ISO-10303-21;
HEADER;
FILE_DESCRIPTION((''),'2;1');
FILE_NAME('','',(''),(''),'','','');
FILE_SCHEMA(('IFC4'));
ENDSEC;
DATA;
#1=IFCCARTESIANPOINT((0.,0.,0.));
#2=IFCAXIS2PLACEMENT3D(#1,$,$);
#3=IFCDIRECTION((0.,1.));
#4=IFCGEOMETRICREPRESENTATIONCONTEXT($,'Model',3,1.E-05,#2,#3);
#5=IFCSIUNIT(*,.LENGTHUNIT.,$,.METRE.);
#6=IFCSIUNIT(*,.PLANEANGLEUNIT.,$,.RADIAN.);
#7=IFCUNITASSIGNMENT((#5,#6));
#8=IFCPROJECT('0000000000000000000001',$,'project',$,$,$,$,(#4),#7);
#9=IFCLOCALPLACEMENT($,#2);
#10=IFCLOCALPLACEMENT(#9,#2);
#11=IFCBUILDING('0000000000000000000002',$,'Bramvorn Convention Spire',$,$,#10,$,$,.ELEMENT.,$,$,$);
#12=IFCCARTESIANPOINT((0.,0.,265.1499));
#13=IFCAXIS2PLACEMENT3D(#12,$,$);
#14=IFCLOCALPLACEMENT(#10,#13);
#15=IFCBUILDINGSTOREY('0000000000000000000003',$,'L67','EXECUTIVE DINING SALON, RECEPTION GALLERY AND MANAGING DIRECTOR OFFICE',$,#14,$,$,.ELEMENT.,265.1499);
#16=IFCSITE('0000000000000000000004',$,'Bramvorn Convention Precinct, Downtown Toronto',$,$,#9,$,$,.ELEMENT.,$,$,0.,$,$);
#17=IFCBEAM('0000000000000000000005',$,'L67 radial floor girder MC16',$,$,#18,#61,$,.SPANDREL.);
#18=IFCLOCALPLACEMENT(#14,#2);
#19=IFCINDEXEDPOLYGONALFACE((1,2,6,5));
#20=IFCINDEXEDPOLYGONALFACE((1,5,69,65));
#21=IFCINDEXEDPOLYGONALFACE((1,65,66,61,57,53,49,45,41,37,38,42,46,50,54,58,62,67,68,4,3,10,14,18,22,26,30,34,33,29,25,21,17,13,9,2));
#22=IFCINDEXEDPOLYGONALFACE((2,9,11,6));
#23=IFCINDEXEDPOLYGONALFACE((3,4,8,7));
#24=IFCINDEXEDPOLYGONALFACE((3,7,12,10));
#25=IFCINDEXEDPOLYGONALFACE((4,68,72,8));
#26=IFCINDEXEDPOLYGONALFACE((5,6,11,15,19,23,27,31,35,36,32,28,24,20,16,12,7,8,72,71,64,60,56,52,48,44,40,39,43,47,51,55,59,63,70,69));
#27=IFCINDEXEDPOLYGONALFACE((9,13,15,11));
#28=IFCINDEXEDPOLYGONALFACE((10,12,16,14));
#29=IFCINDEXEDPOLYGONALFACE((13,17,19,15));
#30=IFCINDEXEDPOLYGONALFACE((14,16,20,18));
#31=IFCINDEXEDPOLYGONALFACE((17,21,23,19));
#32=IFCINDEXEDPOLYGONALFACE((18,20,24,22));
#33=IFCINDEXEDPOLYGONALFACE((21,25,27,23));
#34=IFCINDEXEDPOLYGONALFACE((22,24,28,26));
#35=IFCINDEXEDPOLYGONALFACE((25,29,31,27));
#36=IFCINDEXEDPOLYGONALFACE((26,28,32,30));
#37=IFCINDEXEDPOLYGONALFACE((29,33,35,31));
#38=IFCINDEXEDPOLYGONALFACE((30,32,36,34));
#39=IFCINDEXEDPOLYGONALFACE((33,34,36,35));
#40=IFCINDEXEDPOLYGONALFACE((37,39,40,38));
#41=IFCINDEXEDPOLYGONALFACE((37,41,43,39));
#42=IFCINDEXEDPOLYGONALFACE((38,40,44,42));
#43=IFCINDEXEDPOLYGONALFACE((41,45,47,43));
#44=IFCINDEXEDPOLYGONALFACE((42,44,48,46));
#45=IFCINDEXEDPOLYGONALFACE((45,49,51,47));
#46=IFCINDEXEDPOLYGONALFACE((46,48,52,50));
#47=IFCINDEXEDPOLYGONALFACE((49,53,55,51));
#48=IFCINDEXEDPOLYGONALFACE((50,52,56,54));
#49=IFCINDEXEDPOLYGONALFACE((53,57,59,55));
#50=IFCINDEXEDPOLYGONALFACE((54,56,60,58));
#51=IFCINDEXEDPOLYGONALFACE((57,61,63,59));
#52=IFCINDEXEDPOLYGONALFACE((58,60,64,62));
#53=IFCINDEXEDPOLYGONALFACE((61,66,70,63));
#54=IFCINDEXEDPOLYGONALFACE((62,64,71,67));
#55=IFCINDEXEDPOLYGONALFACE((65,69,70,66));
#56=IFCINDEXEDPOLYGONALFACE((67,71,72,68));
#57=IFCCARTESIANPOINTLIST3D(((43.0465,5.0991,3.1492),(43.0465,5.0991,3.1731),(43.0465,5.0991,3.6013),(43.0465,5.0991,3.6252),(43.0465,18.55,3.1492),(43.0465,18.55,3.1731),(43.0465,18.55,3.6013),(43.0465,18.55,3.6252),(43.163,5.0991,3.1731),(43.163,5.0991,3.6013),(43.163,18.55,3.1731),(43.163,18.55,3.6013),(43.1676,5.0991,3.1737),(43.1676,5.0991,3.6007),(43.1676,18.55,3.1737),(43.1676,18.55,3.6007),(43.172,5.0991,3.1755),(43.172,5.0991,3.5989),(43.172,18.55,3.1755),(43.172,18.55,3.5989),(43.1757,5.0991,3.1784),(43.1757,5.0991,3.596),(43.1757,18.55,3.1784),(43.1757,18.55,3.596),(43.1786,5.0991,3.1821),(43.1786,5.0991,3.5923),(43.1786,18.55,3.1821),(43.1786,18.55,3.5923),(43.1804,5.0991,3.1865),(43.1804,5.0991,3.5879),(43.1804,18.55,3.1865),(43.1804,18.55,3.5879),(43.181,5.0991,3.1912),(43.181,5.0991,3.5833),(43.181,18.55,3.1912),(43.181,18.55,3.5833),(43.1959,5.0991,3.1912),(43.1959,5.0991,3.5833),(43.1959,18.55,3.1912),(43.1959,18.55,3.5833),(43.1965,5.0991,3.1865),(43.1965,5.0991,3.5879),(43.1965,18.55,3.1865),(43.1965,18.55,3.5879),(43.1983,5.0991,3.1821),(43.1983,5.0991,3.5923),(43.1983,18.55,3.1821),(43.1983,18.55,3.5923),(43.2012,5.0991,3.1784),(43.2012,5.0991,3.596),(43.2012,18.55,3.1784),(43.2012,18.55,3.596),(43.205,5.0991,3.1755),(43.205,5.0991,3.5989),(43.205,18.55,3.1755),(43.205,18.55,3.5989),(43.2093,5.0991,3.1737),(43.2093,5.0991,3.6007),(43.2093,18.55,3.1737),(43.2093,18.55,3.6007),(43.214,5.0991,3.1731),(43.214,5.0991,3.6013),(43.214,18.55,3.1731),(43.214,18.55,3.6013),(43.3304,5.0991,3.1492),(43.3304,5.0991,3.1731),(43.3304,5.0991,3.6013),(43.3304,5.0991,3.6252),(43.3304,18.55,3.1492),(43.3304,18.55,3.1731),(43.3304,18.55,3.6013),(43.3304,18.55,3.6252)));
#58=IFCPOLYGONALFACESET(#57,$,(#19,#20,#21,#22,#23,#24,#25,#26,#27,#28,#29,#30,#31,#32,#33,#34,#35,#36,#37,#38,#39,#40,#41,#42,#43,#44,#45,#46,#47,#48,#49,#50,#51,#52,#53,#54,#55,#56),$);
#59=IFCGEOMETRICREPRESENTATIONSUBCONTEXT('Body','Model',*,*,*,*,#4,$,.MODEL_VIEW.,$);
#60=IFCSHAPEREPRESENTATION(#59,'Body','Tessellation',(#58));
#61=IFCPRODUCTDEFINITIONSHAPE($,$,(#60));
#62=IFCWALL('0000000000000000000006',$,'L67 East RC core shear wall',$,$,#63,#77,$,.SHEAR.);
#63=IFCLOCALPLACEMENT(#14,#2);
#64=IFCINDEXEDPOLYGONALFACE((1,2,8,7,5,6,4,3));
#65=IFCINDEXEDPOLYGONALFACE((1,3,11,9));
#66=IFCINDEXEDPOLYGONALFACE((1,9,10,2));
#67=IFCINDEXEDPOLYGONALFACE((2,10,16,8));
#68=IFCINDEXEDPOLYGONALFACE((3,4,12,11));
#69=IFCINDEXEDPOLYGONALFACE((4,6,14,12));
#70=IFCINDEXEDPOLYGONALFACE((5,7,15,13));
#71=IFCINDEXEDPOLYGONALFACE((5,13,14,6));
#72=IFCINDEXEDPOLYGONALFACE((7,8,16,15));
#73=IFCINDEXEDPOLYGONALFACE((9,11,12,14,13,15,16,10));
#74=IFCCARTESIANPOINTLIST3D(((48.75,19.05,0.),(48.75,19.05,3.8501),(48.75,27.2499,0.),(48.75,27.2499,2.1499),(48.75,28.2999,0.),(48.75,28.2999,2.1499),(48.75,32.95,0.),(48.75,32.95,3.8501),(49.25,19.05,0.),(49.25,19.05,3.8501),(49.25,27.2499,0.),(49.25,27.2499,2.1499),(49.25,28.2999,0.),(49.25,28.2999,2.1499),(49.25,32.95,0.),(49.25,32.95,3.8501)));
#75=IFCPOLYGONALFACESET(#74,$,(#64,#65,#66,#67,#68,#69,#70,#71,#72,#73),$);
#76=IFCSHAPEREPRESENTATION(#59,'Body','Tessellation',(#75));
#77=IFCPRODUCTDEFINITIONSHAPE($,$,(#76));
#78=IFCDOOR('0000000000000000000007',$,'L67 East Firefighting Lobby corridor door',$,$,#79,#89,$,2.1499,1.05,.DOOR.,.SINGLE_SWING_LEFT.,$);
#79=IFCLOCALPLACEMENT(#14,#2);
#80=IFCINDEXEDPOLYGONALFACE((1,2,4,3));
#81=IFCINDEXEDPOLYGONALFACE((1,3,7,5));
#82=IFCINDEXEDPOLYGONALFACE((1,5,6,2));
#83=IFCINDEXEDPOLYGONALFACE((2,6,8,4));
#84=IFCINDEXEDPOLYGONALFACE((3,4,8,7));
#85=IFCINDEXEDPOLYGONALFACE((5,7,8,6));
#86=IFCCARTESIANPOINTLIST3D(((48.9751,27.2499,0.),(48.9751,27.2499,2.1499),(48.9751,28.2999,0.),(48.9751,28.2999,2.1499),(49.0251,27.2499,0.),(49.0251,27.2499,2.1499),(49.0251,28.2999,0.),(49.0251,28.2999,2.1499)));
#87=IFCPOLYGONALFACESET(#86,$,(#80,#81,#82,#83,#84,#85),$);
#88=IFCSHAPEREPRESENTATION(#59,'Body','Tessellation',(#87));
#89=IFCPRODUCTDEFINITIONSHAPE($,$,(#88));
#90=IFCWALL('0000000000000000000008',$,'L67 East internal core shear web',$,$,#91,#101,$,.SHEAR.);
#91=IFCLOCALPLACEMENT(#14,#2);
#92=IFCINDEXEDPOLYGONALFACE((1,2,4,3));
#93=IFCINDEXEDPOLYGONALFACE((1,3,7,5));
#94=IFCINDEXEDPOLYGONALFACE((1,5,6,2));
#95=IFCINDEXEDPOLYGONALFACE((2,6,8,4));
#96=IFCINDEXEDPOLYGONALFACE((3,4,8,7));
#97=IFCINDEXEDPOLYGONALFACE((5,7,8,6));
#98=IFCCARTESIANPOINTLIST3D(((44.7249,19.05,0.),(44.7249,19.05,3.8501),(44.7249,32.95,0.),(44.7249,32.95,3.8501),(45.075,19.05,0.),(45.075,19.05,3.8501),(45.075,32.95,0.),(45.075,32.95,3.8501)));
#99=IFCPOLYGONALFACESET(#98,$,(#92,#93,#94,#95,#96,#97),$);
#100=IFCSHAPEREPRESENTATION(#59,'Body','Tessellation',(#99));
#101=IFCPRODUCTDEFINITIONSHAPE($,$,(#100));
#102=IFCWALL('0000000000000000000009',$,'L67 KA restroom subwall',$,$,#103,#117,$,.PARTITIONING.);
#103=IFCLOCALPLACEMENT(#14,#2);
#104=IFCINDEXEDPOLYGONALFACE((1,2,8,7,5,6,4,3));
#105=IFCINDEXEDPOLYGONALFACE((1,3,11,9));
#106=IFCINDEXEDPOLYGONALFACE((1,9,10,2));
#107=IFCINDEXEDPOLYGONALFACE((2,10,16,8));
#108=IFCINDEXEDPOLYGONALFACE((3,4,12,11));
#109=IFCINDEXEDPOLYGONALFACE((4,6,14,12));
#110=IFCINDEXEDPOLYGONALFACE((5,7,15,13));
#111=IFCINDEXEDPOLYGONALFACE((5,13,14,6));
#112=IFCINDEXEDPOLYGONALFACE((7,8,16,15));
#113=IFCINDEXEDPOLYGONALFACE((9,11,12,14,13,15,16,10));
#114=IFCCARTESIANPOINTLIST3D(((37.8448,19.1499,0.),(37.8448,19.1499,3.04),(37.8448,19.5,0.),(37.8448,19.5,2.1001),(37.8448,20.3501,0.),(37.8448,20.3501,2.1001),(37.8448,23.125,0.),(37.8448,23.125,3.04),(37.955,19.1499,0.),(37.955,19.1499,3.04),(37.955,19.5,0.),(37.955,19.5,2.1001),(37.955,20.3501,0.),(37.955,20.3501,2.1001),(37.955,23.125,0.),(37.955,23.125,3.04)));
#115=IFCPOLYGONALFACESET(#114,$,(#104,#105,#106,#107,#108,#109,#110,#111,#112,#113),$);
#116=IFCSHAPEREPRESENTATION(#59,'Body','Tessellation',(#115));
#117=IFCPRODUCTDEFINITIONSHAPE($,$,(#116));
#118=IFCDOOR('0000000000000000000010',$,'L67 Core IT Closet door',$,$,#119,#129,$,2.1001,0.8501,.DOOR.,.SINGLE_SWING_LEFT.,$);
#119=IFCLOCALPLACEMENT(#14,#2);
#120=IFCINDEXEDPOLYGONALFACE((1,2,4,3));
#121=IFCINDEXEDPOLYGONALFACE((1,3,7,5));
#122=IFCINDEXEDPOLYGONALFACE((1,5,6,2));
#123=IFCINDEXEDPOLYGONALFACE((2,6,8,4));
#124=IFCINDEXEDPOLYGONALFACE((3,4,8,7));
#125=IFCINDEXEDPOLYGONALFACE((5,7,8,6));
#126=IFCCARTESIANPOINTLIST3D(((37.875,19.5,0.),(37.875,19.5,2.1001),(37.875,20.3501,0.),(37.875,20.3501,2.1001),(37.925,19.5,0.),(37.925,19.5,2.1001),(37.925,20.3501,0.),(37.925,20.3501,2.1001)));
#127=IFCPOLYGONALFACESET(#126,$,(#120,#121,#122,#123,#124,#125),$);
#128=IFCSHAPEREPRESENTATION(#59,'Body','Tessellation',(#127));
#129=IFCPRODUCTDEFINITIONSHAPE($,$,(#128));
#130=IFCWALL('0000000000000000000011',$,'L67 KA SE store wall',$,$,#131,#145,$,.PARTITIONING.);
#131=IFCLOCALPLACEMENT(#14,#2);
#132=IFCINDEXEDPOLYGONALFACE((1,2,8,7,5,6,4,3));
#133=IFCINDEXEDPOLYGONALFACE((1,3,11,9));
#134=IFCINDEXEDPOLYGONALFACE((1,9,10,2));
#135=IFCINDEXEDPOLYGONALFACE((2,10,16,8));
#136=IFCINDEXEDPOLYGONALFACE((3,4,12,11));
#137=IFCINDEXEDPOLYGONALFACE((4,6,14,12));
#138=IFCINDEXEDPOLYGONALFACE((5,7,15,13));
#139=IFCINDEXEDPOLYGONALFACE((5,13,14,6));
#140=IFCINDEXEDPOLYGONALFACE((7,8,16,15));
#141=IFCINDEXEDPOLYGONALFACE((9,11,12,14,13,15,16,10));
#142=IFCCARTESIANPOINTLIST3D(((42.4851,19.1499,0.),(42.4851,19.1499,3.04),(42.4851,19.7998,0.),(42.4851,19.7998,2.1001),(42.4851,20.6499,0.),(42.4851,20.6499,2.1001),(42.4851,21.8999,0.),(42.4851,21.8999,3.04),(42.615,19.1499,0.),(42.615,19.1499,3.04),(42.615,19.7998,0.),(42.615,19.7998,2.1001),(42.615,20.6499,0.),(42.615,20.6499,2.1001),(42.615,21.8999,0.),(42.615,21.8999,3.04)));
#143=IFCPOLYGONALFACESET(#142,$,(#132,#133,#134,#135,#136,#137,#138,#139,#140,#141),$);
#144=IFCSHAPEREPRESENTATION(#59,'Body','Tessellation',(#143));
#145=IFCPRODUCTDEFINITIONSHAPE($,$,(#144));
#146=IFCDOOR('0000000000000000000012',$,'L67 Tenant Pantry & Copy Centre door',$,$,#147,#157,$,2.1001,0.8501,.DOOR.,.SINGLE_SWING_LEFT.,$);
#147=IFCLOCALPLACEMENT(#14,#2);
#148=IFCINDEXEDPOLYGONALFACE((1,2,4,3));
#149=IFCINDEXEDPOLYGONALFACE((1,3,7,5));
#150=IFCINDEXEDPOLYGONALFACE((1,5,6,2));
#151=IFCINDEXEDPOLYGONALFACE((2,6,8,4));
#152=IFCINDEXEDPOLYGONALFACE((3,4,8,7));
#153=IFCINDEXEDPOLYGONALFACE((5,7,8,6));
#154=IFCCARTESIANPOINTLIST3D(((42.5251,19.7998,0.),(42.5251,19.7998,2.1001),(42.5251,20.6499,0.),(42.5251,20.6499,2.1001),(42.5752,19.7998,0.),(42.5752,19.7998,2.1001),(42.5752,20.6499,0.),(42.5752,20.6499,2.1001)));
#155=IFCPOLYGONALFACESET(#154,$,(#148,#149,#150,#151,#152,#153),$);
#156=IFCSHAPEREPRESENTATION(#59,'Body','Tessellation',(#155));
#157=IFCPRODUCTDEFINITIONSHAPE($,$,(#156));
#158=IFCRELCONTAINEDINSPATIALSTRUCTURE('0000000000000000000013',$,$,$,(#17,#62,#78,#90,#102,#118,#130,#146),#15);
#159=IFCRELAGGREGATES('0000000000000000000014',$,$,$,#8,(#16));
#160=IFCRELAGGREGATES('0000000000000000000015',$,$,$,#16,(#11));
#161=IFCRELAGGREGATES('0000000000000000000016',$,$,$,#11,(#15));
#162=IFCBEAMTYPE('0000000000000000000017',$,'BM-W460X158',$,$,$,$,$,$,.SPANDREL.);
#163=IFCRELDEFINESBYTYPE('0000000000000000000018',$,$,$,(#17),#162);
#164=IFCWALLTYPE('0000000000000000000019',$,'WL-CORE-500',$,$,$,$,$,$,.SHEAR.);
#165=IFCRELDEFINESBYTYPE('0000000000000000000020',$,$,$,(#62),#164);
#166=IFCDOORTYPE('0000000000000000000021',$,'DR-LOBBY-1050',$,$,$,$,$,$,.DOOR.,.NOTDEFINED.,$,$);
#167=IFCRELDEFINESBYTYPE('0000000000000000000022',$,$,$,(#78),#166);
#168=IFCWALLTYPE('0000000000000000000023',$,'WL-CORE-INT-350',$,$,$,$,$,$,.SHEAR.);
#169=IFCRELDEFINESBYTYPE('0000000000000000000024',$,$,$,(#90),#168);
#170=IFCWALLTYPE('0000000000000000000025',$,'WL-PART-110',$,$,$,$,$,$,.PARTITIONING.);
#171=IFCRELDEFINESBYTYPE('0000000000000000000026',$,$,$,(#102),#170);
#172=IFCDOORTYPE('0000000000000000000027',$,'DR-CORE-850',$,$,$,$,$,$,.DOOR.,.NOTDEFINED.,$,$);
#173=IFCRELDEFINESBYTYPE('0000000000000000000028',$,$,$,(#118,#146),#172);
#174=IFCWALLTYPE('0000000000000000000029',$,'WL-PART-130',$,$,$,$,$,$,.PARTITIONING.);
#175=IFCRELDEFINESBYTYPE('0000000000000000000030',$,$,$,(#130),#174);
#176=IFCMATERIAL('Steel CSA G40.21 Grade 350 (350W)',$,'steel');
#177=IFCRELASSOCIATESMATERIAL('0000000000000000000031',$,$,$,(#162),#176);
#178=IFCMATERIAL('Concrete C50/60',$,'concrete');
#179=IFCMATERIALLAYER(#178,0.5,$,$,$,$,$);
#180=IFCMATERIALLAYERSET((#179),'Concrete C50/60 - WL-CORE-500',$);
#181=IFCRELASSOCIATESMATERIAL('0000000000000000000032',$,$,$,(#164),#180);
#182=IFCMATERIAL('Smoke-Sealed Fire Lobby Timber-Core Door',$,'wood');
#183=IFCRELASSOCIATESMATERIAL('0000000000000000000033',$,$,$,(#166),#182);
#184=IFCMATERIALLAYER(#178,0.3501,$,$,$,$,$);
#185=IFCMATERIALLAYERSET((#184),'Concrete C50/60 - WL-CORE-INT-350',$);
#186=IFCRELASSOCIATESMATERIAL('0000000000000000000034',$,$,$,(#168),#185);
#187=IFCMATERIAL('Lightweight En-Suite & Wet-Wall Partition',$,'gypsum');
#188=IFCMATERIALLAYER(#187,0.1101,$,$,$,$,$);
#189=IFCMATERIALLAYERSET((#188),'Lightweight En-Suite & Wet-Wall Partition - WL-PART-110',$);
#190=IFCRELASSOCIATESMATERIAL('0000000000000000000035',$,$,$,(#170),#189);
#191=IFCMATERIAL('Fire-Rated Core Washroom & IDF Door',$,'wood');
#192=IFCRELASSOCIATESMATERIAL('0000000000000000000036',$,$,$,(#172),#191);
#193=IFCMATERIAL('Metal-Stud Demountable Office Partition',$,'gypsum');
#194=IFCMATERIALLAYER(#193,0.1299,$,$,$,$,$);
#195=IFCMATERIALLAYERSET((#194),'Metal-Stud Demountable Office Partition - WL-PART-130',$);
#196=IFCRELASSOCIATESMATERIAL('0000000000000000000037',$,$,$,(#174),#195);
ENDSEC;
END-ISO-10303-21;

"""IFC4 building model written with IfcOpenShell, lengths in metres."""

from ifc_helpers import new_model, si_unit, direction, frame, frame_2d, origin, origin_2d, place, context, subcontext, project, spatial, rectangle, i_section, extrude, material, layer, layer_set, material_profile, profile_set, type_object, element, fill, save


model = new_model("IFC4")

# Units and contexts
model_context = context("Model", 3, precision=1e-05, world=origin(), true_north=direction((0.0, 1.0)))
body_context = subcontext(model_context, "Body", "Model", "MODEL_VIEW")
ifc_project = project(units=[si_unit("LENGTHUNIT", "METRE"), si_unit("PLANEANGLEUNIT", "RADIAN")], contexts=[model_context])

# Site, building, storey
site_placement = place(None, origin())
site = spatial("IfcSite", under=ifc_project, at=site_placement, Name="Bramvorn Convention Precinct, Downtown Toronto", CompositionType="ELEMENT", RefElevation=0.0)
building_placement = place(site_placement, origin())
building = spatial("IfcBuilding", under=site, at=building_placement, Name="Bramvorn Convention Spire", CompositionType="ELEMENT")
storey_placement = place(building_placement, frame((0.0, 0.0, 265.1499)))
storey = spatial("IfcBuildingStorey", under=building, at=storey_placement, Name="L67", Description="EXECUTIVE DINING SALON, RECEPTION GALLERY AND MANAGING DIRECTOR OFFICE", CompositionType="ELEMENT", Elevation=265.1499)

# Beam
ifc_material_1 = material(Name="Steel CSA G40.21 Grade 350 (350W)", Category="steel")
ifc_material_profile_1 = material_profile(ifc_material_1, i_section(OverallWidth=0.2839, OverallDepth=0.4761, WebThickness=0.0149, FlangeThickness=0.0239, FilletRadius=0.0181, at=origin_2d()))
ifc_profile_set_1 = profile_set([ifc_material_profile_1], Name="Steel CSA G40.21 Grade 350 (350W) - W460X158")
beam_type_1 = type_object("IfcBeamType", Name="BM-W460X158", PredefinedType="SPANDREL", material=ifc_profile_set_1)
beam_1_placement = place(storey_placement, frame((43.1885, 18.55, 3.3872), z_axis=(0.0, -1.0, 0.0), x_axis=(1.0, 0.0, 0.0)))
element("IfcBeam", 1, at=beam_1_placement, inside=storey, type_object=beam_type_1, Name="L67 radial floor girder MC16", PredefinedType="SPANDREL", context=body_context, shape_type="SweptSolid", body=[
    extrude(i_section(OverallWidth=0.2839, OverallDepth=0.4761, WebThickness=0.0149, FlangeThickness=0.0239, FilletRadius=0.0181, at=origin_2d()), origin(), (0.0, 0.0, 1.0), 13.4509),
])

# Wall, opening, door
ifc_material_2 = material(Name="Concrete C50/60", Category="concrete")
ifc_layer_1 = layer(ifc_material_2, 0.5)
ifc_layer_set_1 = layer_set([ifc_layer_1], Name="Concrete C50/60 - WL-CORE-500")
wall_type_1 = type_object("IfcWallType", Name="WL-CORE-500", PredefinedType="SHEAR", material=ifc_layer_set_1)
wall_1_placement = place(storey_placement, frame((49.0, 19.05, 0.0), z_axis=(0.0, 0.0, 1.0), x_axis=(0.0, 1.0, 0.0)))
wall_1 = element("IfcWall", 2, at=wall_1_placement, inside=storey, type_object=wall_type_1, Name="L67 East RC core shear wall", PredefinedType="SHEAR", context=body_context, shape_type="SweptSolid", body=[
    extrude(rectangle(XDim=13.8999, YDim=0.5, at=frame_2d((6.95, 0.0))), origin(), (0.0, 0.0, 1.0), 3.8501),
])
opening_1_placement = place(wall_1_placement, frame((8.2, 0.0, 0.0)))
opening_1 = element("IfcOpeningElement", 3, at=opening_1_placement, cuts=wall_1, PredefinedType="OPENING", context=body_context, shape_type="SweptSolid", body=[
    extrude(rectangle(XDim=1.05, YDim=2.1499, at=frame_2d((0.5249, 1.075))), frame((0.0, 0.26, 0.0), z_axis=(0.0, -1.0, 0.0), x_axis=(1.0, 0.0, 0.0)), (0.0, 0.0, 1.0), 0.52),
])
ifc_material_3 = material(Name="Smoke-Sealed Fire Lobby Timber-Core Door", Category="wood")
door_type_1 = type_object("IfcDoorType", Name="DR-LOBBY-1050", OperationType="NOTDEFINED", PredefinedType="DOOR", material=ifc_material_3)
door_1_placement = place(opening_1_placement, origin())
door_1 = element("IfcDoor", 4, at=door_1_placement, inside=storey, type_object=door_type_1, Name="L67 East Firefighting Lobby corridor door", OperationType="SINGLE_SWING_LEFT", OverallHeight=2.1499, OverallWidth=1.05, PredefinedType="DOOR", context=body_context, shape_type="SweptSolid", body=[
    extrude(rectangle(XDim=1.05, YDim=2.1499, at=frame_2d((0.5249, 1.075))), frame((0.0, 0.0249, 0.0), z_axis=(0.0, -1.0, 0.0), x_axis=(1.0, 0.0, 0.0)), (0.0, 0.0, 1.0), 0.05),
])
fill(opening_1, door_1)

# Wall
ifc_layer_2 = layer(ifc_material_2, 0.3501)
ifc_layer_set_2 = layer_set([ifc_layer_2], Name="Concrete C50/60 - WL-CORE-INT-350")
wall_type_2 = type_object("IfcWallType", Name="WL-CORE-INT-350", PredefinedType="SHEAR", material=ifc_layer_set_2)
wall_2_placement = place(storey_placement, frame((44.8999, 19.05, 0.0), z_axis=(0.0, 0.0, 1.0), x_axis=(0.0, 1.0, 0.0)))
element("IfcWall", 5, at=wall_2_placement, inside=storey, type_object=wall_type_2, Name="L67 East internal core shear web", PredefinedType="SHEAR", context=body_context, shape_type="SweptSolid", body=[
    extrude(rectangle(XDim=13.8999, YDim=0.3501, at=frame_2d((6.95, 0.0))), origin(), (0.0, 0.0, 1.0), 3.8501),
])

# Walls, openings, doors
ifc_material_4 = material(Name="Lightweight En-Suite & Wet-Wall Partition", Category="gypsum")
ifc_layer_3 = layer(ifc_material_4, 0.1101)
ifc_layer_set_3 = layer_set([ifc_layer_3], Name="Lightweight En-Suite & Wet-Wall Partition - WL-PART-110")
wall_type_3 = type_object("IfcWallType", Name="WL-PART-110", PredefinedType="PARTITIONING", material=ifc_layer_set_3)
wall_3_placement = place(storey_placement, frame((37.8999, 19.1499, 0.0), z_axis=(0.0, 0.0, 1.0), x_axis=(0.0, 1.0, 0.0)))
wall_3 = element("IfcWall", 6, at=wall_3_placement, inside=storey, type_object=wall_type_3, Name="L67 KA restroom subwall", PredefinedType="PARTITIONING", context=body_context, shape_type="SweptSolid", body=[
    extrude(rectangle(XDim=3.9751, YDim=0.1101, at=frame_2d((1.9875, 0.0))), origin(), (0.0, 0.0, 1.0), 3.04),
])
opening_2_placement = place(wall_3_placement, frame((0.3501, 0.0, 0.0)))
opening_2 = element("IfcOpeningElement", 7, at=opening_2_placement, cuts=wall_3, PredefinedType="OPENING", context=body_context, shape_type="SweptSolid", body=[
    extrude(rectangle(XDim=0.8501, YDim=2.1001, at=frame_2d((0.425, 1.05))), frame((0.0, 0.0649, 0.0), z_axis=(0.0, -1.0, 0.0), x_axis=(1.0, 0.0, 0.0)), (0.0, 0.0, 1.0), 0.1301),
])
ifc_material_5 = material(Name="Fire-Rated Core Washroom & IDF Door", Category="wood")
door_type_2 = type_object("IfcDoorType", Name="DR-CORE-850", OperationType="NOTDEFINED", PredefinedType="DOOR", material=ifc_material_5)
door_2_placement = place(opening_2_placement, origin())
door_2 = element("IfcDoor", 8, at=door_2_placement, inside=storey, type_object=door_type_2, Name="L67 Core IT Closet door", OperationType="SINGLE_SWING_LEFT", OverallHeight=2.1001, OverallWidth=0.8501, PredefinedType="DOOR", context=body_context, shape_type="SweptSolid", body=[
    extrude(rectangle(XDim=0.8501, YDim=2.1001, at=frame_2d((0.425, 1.05))), frame((0.0, 0.0249, 0.0), z_axis=(0.0, -1.0, 0.0), x_axis=(1.0, 0.0, 0.0)), (0.0, 0.0, 1.0), 0.05),
])
fill(opening_2, door_2)
ifc_material_6 = material(Name="Metal-Stud Demountable Office Partition", Category="gypsum")
ifc_layer_4 = layer(ifc_material_6, 0.1299)
ifc_layer_set_4 = layer_set([ifc_layer_4], Name="Metal-Stud Demountable Office Partition - WL-PART-130")
wall_type_4 = type_object("IfcWallType", Name="WL-PART-130", PredefinedType="PARTITIONING", material=ifc_layer_set_4)
wall_4_placement = place(storey_placement, frame((42.55, 19.1499, 0.0), z_axis=(0.0, 0.0, 1.0), x_axis=(0.0, 1.0, 0.0)))
wall_4 = element("IfcWall", 9, at=wall_4_placement, inside=storey, type_object=wall_type_4, Name="L67 KA SE store wall", PredefinedType="PARTITIONING", context=body_context, shape_type="SweptSolid", body=[
    extrude(rectangle(XDim=2.75, YDim=0.1299, at=frame_2d((1.375, 0.0))), origin(), (0.0, 0.0, 1.0), 3.04),
])
opening_3_placement = place(wall_4_placement, frame((0.6499, 0.0, 0.0)))
opening_3 = element("IfcOpeningElement", 10, at=opening_3_placement, cuts=wall_4, PredefinedType="OPENING", context=body_context, shape_type="SweptSolid", body=[
    extrude(rectangle(XDim=0.8501, YDim=2.1001, at=frame_2d((0.425, 1.05))), frame((0.0, 0.075, 0.0), z_axis=(0.0, -1.0, 0.0), x_axis=(1.0, 0.0, 0.0)), (0.0, 0.0, 1.0), 0.1499),
])
door_3_placement = place(opening_3_placement, origin())
door_3 = element("IfcDoor", 11, at=door_3_placement, inside=storey, type_object=door_type_2, Name="L67 Tenant Pantry & Copy Centre door", OperationType="SINGLE_SWING_LEFT", OverallHeight=2.1001, OverallWidth=0.8501, PredefinedType="DOOR", context=body_context, shape_type="SweptSolid", body=[
    extrude(rectangle(XDim=0.8501, YDim=2.1001, at=frame_2d((0.425, 1.05))), frame((0.0, 0.0249, 0.0), z_axis=(0.0, -1.0, 0.0), x_axis=(1.0, 0.0, 0.0)), (0.0, 0.0, 1.0), 0.05),
])
fill(opening_3, door_3)

save(model, "model.ifc")
